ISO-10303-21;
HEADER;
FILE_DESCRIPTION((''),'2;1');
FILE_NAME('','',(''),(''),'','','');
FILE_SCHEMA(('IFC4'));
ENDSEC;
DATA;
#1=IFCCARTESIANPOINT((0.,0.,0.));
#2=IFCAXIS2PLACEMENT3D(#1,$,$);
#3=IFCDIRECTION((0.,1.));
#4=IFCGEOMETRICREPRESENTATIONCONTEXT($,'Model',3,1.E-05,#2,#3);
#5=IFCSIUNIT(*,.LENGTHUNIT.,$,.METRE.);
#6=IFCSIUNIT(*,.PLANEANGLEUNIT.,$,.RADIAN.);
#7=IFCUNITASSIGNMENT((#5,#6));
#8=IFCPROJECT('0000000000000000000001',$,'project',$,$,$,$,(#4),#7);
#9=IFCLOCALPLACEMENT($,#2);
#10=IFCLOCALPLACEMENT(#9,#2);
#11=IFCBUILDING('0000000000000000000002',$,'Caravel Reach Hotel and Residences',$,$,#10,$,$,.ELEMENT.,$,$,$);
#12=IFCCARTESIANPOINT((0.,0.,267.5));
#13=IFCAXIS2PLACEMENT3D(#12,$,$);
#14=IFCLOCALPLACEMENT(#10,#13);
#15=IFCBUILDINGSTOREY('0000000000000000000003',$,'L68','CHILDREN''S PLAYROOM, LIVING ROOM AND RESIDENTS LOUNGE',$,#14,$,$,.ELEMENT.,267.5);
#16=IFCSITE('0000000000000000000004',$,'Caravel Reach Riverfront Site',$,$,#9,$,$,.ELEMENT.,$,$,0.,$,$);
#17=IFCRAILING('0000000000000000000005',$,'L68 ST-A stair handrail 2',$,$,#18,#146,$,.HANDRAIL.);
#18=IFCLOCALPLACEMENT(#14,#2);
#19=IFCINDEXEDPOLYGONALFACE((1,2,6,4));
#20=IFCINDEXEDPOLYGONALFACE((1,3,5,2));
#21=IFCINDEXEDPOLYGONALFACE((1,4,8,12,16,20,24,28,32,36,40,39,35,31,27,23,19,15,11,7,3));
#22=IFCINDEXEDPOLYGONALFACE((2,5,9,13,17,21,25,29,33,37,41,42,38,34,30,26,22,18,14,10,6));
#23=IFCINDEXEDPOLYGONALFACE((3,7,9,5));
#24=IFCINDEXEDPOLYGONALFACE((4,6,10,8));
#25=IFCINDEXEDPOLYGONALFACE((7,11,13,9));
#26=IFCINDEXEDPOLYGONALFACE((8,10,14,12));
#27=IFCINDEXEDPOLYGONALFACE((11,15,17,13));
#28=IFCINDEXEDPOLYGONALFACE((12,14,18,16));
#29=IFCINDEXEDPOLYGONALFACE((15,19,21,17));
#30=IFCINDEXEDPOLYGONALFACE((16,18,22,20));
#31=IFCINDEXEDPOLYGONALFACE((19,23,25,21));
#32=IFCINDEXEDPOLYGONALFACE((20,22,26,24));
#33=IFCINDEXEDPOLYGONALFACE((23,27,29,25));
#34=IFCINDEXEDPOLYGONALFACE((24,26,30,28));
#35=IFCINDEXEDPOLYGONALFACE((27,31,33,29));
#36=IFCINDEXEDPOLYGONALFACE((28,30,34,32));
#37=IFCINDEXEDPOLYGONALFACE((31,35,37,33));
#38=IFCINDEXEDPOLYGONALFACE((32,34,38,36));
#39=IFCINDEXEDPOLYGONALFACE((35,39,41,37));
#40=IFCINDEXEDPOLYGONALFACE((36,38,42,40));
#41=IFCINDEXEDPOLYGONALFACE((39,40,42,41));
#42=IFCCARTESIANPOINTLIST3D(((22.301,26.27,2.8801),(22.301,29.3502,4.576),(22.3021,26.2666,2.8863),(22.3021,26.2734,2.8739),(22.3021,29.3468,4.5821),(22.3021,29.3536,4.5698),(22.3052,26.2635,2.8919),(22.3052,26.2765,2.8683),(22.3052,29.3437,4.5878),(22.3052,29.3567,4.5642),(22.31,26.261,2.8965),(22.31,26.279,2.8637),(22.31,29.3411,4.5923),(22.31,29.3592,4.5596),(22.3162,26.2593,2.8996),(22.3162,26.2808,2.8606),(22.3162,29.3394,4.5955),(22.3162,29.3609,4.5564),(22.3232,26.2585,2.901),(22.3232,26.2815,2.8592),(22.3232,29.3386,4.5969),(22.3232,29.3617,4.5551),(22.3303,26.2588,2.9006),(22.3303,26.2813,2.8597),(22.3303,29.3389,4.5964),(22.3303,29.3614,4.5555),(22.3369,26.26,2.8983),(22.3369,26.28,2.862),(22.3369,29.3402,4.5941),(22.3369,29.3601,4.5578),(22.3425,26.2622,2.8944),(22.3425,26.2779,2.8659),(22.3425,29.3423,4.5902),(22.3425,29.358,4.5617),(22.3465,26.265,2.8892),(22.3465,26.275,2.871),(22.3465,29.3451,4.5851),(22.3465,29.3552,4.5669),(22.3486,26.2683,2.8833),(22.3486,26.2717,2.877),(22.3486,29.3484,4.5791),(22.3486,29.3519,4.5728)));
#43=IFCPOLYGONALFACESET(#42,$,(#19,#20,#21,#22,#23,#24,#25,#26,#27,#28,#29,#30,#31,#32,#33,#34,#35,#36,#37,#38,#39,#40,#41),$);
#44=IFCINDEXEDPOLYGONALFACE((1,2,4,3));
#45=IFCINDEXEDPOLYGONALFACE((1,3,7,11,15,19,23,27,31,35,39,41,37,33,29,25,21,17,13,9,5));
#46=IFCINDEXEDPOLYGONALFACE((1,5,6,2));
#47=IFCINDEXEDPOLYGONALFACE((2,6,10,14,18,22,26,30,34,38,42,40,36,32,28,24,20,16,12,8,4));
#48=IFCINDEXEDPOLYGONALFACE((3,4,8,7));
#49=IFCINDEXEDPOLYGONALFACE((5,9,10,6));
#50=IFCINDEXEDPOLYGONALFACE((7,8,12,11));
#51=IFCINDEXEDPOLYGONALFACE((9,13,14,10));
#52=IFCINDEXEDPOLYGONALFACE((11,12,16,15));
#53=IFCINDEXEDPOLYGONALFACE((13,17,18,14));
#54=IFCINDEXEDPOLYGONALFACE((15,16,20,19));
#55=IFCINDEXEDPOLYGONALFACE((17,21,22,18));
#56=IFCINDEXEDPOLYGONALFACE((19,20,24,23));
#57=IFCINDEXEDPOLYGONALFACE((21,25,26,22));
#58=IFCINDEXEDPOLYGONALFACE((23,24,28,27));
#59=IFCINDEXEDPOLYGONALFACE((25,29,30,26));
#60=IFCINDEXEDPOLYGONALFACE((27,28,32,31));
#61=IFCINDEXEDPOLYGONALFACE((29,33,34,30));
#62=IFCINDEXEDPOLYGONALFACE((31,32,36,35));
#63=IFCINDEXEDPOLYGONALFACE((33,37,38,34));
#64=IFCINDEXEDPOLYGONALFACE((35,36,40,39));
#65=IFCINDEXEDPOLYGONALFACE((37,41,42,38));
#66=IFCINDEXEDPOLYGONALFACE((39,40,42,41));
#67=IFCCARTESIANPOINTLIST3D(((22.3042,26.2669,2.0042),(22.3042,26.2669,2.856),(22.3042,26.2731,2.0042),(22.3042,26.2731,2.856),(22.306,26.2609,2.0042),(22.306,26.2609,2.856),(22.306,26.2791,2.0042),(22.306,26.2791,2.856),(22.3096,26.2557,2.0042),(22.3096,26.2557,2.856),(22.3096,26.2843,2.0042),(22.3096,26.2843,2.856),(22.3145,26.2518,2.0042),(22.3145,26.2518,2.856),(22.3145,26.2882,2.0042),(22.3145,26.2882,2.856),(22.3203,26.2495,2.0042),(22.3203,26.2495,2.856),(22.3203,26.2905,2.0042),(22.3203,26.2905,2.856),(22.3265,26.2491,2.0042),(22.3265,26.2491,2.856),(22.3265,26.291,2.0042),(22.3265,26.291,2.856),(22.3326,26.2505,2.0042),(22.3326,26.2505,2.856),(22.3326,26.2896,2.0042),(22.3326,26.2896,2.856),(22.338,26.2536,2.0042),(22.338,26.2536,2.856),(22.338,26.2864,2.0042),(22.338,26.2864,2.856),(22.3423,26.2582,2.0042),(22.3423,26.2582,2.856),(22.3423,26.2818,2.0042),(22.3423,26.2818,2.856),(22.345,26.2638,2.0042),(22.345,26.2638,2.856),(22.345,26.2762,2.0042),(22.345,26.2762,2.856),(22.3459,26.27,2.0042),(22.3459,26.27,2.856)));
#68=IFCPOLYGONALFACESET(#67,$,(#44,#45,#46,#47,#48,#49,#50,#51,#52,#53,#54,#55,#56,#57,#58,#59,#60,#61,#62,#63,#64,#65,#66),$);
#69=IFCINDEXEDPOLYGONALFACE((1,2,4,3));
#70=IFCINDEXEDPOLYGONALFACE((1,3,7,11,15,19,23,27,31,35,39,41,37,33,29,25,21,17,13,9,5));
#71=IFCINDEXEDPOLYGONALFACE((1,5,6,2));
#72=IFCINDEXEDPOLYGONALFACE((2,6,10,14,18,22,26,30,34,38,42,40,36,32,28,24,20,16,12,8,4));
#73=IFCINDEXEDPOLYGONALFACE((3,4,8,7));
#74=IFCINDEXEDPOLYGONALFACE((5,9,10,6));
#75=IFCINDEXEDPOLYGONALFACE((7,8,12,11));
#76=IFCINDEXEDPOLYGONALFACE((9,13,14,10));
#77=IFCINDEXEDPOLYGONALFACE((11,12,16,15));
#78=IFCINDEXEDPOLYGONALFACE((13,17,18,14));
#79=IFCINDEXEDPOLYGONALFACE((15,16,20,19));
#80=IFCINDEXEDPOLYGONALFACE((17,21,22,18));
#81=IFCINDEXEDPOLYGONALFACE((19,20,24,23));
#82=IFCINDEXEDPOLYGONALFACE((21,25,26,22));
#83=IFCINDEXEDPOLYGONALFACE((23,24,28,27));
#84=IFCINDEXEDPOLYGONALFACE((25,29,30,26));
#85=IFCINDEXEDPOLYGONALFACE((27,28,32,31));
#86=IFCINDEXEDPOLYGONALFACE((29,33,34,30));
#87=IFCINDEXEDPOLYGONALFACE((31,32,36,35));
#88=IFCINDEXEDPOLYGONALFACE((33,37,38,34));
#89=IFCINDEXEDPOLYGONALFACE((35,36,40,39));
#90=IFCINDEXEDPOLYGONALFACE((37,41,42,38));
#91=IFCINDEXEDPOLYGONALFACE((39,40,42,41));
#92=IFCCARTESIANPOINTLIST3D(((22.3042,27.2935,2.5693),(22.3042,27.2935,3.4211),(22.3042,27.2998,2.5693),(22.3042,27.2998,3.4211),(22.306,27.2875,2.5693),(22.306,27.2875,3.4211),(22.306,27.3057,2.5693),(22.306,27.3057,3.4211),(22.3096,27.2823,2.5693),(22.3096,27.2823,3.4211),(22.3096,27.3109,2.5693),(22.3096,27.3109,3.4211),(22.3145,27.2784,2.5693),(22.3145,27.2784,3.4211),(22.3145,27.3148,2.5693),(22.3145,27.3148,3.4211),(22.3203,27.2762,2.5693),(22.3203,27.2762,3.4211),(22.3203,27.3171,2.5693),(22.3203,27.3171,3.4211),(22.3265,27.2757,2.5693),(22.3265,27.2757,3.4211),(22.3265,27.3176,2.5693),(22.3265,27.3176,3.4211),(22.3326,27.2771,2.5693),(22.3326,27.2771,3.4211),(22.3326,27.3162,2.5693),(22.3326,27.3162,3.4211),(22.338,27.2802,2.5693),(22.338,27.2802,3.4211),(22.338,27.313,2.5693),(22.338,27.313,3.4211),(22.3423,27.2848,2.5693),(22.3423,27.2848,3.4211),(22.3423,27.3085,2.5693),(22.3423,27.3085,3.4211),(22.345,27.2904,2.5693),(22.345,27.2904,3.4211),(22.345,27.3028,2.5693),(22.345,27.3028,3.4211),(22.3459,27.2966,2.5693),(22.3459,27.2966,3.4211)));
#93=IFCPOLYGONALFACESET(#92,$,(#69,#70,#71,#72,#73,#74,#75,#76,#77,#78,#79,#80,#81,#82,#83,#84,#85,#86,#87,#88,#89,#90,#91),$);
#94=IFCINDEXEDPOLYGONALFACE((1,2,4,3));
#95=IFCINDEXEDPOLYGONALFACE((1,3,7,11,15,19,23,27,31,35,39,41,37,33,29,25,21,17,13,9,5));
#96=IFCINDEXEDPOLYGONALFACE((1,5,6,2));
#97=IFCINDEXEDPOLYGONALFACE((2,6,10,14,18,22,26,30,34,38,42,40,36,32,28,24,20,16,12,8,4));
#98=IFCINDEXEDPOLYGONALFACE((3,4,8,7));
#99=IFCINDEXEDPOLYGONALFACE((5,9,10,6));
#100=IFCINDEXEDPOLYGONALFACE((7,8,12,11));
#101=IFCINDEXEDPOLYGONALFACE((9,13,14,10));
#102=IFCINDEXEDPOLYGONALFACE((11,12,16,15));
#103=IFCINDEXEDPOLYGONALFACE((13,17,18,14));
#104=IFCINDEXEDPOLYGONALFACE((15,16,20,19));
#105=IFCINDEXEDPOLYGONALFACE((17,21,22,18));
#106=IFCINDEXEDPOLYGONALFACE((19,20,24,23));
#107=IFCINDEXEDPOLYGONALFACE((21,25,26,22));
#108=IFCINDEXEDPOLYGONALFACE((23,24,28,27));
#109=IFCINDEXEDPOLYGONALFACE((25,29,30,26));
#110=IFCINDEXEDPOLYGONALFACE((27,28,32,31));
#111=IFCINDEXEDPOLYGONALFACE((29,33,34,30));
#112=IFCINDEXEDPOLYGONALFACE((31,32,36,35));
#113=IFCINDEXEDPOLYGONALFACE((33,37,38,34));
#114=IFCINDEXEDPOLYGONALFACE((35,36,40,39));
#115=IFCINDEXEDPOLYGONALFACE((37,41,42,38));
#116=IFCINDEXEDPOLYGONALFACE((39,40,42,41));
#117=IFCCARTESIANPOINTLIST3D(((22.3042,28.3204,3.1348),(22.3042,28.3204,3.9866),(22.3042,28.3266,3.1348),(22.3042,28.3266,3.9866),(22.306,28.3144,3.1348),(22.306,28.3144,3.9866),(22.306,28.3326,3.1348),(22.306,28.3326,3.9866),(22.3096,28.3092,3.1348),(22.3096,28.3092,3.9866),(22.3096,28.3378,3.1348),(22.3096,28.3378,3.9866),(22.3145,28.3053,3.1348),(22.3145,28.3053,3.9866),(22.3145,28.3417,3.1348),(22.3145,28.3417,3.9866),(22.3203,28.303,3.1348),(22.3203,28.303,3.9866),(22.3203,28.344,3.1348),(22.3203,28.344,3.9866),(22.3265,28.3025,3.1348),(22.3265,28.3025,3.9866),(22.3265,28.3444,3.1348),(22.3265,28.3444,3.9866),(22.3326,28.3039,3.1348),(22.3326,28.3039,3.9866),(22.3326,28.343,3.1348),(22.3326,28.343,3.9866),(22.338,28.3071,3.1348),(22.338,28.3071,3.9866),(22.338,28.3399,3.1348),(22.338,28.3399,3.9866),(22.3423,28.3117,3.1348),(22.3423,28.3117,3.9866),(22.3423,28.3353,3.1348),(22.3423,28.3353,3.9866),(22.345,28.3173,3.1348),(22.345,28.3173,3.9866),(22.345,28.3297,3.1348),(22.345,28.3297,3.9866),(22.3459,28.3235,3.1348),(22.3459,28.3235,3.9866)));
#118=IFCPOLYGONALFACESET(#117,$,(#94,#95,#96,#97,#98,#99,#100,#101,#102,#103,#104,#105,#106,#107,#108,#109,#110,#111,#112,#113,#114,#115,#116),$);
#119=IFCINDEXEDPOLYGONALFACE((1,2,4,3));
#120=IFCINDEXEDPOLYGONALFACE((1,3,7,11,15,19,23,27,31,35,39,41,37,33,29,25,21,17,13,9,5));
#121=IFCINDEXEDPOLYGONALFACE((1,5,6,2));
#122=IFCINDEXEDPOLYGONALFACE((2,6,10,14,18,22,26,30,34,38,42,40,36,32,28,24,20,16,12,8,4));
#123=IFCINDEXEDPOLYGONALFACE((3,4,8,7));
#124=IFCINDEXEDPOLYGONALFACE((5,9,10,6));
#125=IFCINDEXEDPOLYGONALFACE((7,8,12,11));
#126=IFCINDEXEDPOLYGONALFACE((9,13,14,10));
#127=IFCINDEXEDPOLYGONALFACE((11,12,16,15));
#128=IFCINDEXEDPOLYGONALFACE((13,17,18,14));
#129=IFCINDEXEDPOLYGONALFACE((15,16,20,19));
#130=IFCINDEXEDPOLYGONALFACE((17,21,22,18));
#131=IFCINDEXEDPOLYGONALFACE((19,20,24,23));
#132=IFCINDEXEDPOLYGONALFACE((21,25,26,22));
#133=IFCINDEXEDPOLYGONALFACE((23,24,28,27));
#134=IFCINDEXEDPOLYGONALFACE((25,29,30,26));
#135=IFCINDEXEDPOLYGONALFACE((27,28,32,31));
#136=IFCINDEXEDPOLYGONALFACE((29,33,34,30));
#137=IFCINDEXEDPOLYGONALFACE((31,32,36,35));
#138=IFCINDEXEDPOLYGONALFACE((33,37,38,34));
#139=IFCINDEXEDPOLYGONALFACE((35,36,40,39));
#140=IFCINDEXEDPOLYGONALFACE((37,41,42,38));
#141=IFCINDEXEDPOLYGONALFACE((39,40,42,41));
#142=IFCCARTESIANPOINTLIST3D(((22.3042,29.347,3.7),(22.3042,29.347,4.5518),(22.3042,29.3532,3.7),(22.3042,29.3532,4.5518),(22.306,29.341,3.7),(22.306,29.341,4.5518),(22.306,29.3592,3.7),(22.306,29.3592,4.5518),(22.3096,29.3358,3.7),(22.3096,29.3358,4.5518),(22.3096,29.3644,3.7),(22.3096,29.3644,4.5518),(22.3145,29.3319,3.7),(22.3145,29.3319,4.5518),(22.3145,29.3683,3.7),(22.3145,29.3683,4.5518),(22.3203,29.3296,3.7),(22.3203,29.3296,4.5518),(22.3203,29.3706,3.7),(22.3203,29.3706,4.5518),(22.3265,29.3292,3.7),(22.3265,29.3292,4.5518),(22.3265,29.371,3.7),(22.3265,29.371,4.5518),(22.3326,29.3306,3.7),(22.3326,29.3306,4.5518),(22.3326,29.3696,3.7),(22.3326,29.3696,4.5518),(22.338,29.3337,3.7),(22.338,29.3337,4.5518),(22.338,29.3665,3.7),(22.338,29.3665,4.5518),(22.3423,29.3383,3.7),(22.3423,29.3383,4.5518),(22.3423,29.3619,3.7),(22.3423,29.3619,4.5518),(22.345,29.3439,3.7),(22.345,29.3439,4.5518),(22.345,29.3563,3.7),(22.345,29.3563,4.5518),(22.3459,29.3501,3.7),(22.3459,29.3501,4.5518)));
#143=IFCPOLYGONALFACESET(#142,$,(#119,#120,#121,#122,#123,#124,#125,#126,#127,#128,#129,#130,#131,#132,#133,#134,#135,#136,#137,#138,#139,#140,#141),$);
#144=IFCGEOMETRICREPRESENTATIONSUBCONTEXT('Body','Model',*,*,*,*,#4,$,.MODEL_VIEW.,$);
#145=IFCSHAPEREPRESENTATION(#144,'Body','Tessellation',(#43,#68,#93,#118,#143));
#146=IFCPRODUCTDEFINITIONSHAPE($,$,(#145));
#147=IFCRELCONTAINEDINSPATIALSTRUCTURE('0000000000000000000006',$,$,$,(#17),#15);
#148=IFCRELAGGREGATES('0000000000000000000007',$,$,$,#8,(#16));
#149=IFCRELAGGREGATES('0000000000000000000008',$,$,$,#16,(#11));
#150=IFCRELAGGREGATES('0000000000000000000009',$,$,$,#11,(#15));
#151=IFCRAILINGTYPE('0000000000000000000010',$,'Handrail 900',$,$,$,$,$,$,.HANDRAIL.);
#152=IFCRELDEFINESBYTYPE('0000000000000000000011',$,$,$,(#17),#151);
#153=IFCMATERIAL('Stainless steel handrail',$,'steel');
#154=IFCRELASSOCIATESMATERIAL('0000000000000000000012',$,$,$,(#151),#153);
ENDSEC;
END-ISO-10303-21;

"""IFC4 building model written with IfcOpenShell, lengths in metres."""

from ifc_helpers import new_model, si_unit, direction, frame, origin, origin_2d, place, context, subcontext, project, spatial, circle, extrude, material, type_object, element, save


model = new_model("IFC4")

# Units and contexts
model_context = context("Model", 3, precision=1e-05, world=origin(), true_north=direction((0.0, 1.0)))
body_context = subcontext(model_context, "Body", "Model", "MODEL_VIEW")
ifc_project = project(units=[si_unit("LENGTHUNIT", "METRE"), si_unit("PLANEANGLEUNIT", "RADIAN")], contexts=[model_context])

# Site, building, storey
site_placement = place(None, origin())
site = spatial("IfcSite", under=ifc_project, at=site_placement, Name="Caravel Reach Riverfront Site", CompositionType="ELEMENT", RefElevation=0.0)
building_placement = place(site_placement, origin())
building = spatial("IfcBuilding", under=site, at=building_placement, Name="Caravel Reach Hotel and Residences", CompositionType="ELEMENT")
storey_placement = place(building_placement, frame((0.0, 0.0, 267.5)))
storey = spatial("IfcBuildingStorey", under=building, at=storey_placement, Name="L68", Description="CHILDREN'S PLAYROOM, LIVING ROOM AND RESIDENTS LOUNGE", CompositionType="ELEMENT", Elevation=267.5)

# Railing
ifc_material_1 = material(Name="Stainless steel handrail", Category="steel")
railing_type_1 = type_object("IfcRailingType", Name="Handrail 900", PredefinedType="HANDRAIL", material=ifc_material_1)
railing_1_placement = place(storey_placement, frame((22.325, 26.27, 2.0042)))
element("IfcRailing", 1, at=railing_1_placement, inside=storey, type_object=railing_type_1, Name="L68 ST-A stair handrail 2", PredefinedType="HANDRAIL", context=body_context, shape_type="SweptSolid", body=[
    extrude(circle(Radius=0.0239, at=origin_2d()), frame((0.0, 0.0, 0.876), z_axis=(0.0, 0.876005, 0.482303), x_axis=(-1.0, 0.0, 0.0)), (0.0, 0.0, 1.0), 3.5161),
    extrude(circle(Radius=0.021, at=origin_2d()), origin(), (0.0, 0.0, 1.0), 0.8518),
    extrude(circle(Radius=0.021, at=origin_2d()), frame((0.0, 1.0266, 0.5652)), (0.0, 0.0, 1.0), 0.8518),
    extrude(circle(Radius=0.021, at=origin_2d()), frame((0.0, 2.0535, 1.1306)), (0.0, 0.0, 1.0), 0.8518),
    extrude(circle(Radius=0.021, at=origin_2d()), frame((0.0, 3.0801, 1.6958)), (0.0, 0.0, 1.0), 0.8518),
])

save(model, "model.ifc")
